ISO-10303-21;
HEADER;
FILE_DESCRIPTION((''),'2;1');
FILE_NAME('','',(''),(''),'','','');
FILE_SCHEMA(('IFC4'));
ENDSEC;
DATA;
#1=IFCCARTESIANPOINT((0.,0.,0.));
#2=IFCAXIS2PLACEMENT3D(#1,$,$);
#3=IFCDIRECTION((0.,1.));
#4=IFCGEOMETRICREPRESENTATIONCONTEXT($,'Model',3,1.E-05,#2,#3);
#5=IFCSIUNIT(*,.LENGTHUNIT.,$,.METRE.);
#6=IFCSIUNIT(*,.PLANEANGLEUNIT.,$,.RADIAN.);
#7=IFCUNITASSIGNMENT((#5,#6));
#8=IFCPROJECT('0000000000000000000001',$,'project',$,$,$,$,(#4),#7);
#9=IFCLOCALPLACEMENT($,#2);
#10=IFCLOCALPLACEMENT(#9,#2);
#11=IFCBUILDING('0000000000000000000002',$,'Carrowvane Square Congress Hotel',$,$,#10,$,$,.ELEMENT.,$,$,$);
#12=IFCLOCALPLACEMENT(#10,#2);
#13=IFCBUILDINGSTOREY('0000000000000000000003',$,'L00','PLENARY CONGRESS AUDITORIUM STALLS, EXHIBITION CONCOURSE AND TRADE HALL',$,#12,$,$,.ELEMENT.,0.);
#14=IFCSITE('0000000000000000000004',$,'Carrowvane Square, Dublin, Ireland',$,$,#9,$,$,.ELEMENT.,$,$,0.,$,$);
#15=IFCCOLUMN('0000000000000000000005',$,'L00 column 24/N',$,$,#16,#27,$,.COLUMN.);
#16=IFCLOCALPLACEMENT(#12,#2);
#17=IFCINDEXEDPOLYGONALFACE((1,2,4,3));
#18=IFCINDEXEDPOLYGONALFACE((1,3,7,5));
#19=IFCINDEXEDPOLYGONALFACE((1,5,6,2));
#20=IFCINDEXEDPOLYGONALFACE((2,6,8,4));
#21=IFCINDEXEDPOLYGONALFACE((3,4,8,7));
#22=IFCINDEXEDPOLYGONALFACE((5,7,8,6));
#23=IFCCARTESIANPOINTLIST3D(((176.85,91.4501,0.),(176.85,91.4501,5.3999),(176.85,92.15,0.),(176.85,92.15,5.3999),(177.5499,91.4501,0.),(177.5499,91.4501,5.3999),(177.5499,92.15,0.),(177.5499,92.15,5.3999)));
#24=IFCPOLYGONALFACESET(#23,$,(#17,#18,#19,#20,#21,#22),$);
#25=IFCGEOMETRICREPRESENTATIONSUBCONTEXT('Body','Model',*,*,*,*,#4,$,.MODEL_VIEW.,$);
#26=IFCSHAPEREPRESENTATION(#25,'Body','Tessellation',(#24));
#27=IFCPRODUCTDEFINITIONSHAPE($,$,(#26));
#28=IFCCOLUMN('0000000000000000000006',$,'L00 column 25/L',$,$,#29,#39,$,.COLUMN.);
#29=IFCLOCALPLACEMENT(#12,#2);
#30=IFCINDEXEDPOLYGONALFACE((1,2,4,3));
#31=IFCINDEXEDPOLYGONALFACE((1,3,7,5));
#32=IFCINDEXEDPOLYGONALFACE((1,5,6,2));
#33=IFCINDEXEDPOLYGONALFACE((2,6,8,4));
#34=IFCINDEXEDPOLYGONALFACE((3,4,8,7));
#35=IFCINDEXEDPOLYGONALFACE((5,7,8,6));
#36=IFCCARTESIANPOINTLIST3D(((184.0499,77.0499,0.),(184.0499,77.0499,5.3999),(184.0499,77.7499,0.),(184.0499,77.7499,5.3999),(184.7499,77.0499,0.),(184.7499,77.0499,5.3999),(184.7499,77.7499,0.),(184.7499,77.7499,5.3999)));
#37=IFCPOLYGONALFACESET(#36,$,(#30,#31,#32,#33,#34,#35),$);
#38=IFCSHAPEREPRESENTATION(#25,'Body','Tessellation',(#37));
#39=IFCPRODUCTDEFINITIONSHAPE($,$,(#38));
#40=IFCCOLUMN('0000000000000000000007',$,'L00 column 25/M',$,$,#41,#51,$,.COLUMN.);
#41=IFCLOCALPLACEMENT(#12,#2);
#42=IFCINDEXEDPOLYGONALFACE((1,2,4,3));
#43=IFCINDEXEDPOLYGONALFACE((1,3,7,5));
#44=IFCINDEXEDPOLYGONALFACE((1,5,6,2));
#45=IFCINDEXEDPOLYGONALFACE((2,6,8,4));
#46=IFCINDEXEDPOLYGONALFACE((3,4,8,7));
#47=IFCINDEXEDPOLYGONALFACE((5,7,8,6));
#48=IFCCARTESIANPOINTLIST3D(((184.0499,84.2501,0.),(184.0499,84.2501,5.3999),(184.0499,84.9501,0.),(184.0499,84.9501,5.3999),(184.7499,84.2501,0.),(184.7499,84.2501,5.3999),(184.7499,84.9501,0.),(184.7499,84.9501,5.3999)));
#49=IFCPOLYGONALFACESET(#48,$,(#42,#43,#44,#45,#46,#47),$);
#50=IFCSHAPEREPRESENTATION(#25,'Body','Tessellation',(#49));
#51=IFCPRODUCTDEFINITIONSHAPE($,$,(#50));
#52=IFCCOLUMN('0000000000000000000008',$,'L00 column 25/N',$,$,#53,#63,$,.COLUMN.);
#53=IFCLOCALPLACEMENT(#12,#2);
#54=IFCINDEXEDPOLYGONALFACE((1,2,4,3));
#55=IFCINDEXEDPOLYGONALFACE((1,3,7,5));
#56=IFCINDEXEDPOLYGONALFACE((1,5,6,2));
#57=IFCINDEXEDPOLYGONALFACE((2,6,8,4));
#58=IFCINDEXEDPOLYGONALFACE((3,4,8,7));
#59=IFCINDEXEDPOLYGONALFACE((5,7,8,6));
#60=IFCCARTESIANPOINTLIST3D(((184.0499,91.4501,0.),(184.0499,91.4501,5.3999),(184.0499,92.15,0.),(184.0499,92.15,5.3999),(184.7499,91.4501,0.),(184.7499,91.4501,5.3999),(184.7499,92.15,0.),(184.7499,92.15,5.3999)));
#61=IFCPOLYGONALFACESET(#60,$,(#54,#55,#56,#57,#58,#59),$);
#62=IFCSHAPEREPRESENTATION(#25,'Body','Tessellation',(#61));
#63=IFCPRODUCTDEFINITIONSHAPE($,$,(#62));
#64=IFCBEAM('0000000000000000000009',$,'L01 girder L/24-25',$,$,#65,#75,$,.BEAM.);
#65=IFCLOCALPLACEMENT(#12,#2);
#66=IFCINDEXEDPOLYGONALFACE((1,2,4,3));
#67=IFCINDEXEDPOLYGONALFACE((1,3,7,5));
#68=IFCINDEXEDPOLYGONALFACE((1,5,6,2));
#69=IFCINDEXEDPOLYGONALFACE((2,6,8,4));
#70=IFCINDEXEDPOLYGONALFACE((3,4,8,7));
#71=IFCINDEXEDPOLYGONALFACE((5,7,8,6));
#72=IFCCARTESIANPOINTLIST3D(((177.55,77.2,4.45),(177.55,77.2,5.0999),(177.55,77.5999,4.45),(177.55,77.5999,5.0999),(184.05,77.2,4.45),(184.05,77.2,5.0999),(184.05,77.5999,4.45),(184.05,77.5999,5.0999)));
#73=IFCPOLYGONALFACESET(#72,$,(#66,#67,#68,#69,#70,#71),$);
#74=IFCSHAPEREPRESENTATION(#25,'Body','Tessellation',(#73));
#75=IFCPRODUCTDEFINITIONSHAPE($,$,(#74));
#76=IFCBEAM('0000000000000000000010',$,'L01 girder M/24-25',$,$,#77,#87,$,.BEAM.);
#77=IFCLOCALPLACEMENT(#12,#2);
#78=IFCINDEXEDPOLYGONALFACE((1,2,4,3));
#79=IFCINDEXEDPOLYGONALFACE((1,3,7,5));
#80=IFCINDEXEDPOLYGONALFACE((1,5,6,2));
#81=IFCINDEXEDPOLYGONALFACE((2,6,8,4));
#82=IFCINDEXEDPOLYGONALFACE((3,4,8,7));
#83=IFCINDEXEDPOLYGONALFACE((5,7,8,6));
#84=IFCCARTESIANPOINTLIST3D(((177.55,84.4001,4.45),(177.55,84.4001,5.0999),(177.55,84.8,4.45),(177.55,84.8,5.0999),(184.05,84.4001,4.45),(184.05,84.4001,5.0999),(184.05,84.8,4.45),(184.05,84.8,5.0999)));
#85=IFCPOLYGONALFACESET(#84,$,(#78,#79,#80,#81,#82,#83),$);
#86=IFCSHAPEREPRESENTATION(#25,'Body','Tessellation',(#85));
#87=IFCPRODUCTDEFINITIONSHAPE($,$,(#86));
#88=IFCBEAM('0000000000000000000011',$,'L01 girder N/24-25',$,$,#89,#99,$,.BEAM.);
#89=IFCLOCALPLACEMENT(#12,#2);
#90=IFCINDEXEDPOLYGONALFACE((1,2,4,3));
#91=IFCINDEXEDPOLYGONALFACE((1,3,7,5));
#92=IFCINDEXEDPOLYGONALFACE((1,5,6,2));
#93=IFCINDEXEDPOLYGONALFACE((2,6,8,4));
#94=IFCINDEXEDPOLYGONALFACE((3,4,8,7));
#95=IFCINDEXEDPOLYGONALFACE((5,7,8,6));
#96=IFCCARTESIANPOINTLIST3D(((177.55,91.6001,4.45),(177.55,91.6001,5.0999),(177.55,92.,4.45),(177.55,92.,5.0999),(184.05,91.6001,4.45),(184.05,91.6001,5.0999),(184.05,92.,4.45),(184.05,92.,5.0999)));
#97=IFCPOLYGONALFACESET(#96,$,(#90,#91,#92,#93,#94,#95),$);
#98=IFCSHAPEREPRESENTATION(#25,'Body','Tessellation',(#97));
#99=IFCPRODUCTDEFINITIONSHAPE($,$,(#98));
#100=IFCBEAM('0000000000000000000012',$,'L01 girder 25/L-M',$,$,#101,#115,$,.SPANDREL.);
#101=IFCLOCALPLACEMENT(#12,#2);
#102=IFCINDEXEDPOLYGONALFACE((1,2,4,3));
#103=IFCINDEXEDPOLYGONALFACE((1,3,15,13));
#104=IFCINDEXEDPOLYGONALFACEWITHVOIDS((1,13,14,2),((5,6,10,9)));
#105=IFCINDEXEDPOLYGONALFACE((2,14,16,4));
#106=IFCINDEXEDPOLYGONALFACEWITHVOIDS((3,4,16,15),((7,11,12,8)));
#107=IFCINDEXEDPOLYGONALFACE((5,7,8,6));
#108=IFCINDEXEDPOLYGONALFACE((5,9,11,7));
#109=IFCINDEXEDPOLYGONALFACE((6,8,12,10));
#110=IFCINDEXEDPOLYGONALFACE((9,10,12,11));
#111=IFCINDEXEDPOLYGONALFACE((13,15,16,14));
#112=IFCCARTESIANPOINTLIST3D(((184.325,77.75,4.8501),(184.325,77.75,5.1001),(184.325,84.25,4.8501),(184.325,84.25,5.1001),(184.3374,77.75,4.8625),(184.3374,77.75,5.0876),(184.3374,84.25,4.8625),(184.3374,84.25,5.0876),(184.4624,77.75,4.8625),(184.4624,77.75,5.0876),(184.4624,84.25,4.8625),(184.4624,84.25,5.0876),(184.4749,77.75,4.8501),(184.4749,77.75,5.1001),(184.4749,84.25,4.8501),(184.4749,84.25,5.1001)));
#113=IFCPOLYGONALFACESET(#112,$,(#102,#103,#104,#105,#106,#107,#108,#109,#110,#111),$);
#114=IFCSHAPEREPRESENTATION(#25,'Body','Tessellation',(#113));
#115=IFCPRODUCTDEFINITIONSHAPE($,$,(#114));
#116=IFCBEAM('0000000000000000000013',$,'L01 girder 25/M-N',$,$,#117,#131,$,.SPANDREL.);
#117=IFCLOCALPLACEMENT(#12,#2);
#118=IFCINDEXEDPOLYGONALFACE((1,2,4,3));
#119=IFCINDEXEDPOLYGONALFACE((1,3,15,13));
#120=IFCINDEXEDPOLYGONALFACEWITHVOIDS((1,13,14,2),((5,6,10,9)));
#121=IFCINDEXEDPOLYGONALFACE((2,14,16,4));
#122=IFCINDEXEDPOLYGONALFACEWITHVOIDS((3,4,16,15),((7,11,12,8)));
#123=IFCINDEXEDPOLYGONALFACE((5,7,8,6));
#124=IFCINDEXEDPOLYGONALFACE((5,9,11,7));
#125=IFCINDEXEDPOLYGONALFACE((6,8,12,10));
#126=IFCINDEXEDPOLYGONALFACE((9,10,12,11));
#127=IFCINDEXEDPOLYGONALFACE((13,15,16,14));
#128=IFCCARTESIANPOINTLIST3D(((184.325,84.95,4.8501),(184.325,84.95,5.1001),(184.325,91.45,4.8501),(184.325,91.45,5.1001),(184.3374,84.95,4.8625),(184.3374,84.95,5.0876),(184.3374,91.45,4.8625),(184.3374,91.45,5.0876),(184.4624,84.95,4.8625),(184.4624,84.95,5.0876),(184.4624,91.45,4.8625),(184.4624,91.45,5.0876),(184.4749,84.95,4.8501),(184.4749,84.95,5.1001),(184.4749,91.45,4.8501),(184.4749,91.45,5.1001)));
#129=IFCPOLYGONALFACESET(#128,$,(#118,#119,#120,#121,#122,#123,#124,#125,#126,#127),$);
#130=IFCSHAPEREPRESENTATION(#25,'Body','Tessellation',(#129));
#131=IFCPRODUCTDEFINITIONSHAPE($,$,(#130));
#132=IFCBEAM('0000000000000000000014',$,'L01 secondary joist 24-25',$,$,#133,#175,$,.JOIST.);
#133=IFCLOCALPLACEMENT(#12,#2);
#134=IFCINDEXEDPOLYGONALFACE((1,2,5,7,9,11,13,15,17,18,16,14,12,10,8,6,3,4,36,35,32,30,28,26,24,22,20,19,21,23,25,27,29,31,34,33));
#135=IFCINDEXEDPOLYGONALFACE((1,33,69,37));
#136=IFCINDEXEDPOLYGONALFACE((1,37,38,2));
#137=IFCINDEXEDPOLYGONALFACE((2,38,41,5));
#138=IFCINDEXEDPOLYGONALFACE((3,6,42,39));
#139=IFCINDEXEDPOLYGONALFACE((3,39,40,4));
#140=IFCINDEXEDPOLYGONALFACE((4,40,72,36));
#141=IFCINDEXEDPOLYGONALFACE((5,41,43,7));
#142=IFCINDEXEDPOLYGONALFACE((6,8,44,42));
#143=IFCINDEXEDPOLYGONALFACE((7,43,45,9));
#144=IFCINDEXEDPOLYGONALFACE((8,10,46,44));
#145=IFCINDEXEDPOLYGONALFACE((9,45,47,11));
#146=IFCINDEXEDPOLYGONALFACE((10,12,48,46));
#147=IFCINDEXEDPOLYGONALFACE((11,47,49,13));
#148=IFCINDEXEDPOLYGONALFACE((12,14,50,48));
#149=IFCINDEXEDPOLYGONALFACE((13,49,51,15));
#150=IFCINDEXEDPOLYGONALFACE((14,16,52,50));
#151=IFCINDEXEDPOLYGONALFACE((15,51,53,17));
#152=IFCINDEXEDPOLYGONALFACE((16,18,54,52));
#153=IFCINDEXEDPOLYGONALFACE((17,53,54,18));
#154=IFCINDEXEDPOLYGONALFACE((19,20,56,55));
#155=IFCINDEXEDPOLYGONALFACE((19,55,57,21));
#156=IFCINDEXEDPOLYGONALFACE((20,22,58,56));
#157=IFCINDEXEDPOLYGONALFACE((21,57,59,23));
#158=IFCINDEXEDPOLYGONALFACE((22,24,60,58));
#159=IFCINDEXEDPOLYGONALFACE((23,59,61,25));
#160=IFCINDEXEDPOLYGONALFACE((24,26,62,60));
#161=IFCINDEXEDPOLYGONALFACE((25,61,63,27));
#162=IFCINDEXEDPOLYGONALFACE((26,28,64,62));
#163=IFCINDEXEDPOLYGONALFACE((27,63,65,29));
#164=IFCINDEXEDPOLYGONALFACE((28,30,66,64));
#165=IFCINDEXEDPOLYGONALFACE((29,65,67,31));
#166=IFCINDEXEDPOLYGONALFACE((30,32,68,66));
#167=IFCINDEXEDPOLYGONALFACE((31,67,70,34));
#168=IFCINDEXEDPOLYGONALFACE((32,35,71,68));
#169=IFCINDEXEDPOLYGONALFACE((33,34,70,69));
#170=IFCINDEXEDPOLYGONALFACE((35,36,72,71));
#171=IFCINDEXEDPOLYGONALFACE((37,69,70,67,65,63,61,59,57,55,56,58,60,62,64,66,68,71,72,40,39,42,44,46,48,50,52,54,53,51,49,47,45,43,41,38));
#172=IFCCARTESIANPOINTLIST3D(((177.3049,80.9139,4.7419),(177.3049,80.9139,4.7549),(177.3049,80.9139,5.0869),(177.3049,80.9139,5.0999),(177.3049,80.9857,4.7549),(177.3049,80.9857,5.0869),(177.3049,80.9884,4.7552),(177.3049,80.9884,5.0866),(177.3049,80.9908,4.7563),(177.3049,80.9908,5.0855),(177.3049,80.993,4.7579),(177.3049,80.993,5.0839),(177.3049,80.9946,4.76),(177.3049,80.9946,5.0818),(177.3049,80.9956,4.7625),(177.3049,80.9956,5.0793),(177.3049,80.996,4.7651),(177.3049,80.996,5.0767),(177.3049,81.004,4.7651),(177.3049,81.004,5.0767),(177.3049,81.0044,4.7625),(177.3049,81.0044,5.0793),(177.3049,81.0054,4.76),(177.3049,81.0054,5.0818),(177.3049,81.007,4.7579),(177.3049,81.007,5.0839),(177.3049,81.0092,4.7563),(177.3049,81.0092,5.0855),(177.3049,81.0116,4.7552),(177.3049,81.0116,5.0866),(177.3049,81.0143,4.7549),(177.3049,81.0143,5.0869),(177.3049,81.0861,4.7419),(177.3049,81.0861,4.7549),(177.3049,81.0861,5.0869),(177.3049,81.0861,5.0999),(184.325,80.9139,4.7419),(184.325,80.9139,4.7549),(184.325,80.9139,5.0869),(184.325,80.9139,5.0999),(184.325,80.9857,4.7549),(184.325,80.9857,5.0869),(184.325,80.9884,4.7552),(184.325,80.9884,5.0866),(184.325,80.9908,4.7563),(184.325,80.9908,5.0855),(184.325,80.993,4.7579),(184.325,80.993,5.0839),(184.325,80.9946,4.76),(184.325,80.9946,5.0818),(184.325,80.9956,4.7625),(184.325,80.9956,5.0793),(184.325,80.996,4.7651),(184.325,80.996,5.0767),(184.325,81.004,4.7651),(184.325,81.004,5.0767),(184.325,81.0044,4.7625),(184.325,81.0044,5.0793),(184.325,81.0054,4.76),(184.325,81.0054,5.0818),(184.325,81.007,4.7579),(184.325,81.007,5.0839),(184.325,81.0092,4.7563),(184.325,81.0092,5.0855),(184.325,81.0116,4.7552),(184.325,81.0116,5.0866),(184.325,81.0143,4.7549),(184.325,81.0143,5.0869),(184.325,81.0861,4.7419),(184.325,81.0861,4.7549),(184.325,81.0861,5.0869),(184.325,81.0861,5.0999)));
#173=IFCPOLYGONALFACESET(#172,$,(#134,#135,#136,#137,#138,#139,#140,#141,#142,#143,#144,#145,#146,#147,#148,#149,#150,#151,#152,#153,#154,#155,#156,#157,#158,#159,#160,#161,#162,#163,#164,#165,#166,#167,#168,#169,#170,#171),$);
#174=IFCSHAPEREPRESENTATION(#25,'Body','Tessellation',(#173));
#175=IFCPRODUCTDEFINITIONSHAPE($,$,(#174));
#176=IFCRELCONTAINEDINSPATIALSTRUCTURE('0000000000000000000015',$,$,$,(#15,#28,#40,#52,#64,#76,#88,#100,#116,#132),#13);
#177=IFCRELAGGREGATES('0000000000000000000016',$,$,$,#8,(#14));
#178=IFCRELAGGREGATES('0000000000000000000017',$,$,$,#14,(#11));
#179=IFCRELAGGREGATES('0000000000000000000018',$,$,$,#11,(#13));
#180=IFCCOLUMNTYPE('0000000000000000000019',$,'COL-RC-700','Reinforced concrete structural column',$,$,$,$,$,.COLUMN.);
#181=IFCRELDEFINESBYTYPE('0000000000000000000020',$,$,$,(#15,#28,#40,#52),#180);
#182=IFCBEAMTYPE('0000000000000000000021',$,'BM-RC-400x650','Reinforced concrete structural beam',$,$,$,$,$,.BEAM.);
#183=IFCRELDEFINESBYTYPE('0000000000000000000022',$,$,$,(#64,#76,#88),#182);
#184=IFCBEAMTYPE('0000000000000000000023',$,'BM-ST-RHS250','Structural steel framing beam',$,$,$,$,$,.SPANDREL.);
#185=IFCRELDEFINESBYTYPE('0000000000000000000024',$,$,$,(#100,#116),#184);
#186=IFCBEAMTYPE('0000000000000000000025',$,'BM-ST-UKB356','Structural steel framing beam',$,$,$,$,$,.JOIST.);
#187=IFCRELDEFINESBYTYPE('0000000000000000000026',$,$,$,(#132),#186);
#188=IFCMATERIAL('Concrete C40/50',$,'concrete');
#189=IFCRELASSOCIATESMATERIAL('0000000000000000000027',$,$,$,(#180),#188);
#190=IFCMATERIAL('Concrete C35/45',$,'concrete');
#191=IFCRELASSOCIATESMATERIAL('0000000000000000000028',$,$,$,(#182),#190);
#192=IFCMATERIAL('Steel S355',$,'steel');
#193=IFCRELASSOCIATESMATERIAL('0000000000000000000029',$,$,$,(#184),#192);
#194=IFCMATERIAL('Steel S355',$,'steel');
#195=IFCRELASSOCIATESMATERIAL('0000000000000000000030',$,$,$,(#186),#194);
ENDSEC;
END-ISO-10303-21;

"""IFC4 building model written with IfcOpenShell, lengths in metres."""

from ifc_helpers import new_model, si_unit, direction, frame, origin, origin_2d, place, context, subcontext, project, spatial, rectangle, hollow_rectangle, i_section, extrude, material, material_profile, profile_set, type_object, element, save


model = new_model("IFC4")

# Units and contexts
model_context = context("Model", 3, precision=1e-05, world=origin(), true_north=direction((0.0, 1.0)))
body_context = subcontext(model_context, "Body", "Model", "MODEL_VIEW")
ifc_project = project(units=[si_unit("LENGTHUNIT", "METRE"), si_unit("PLANEANGLEUNIT", "RADIAN")], contexts=[model_context])

# Site, building, storey
site_placement = place(None, origin())
site = spatial("IfcSite", under=ifc_project, at=site_placement, Name="Carrowvane Square, Dublin, Ireland", CompositionType="ELEMENT", RefElevation=0.0)
building_placement = place(site_placement, origin())
building = spatial("IfcBuilding", under=site, at=building_placement, Name="Carrowvane Square Congress Hotel", CompositionType="ELEMENT")
storey_placement = place(building_placement, origin())
storey = spatial("IfcBuildingStorey", under=building, at=storey_placement, Name="L00", Description="PLENARY CONGRESS AUDITORIUM STALLS, EXHIBITION CONCOURSE AND TRADE HALL", CompositionType="ELEMENT", Elevation=0.0)

# Columns
ifc_material_1 = material(Name="Concrete C40/50", Category="concrete")
ifc_material_profile_1 = material_profile(ifc_material_1, rectangle(XDim=0.7, YDim=0.7, at=origin_2d()), Name="RC 700x700")
ifc_profile_set_1 = profile_set([ifc_material_profile_1], Name="Concrete C40/50")
column_type = type_object("IfcColumnType", Name="COL-RC-700", Description="Reinforced concrete structural column", PredefinedType="COLUMN", material=ifc_profile_set_1)
for number, where, z_axis, x_axis, name in (
    (1, (177.2, 91.8, 0.0), (0.0, 0.0, 1.0), (1.0, 0.0, 0.0), "L00 column 24/N"),
    (2, (184.3999, 77.3999, 0.0), (0.0, 0.0, 1.0), (1.0, 0.0, 0.0), "L00 column 25/L"),
    (3, (184.3999, 84.6001, 0.0), (0.0, 0.0, 1.0), (1.0, 0.0, 0.0), "L00 column 25/M"),
    (4, (184.3999, 91.8, 0.0), (0.0, 0.0, 1.0), (1.0, 0.0, 0.0), "L00 column 25/N"),
):
    element("IfcColumn", number, at=place(storey_placement, frame(where, z_axis=z_axis, x_axis=x_axis)), inside=storey, type_object=column_type, Name=name, PredefinedType="COLUMN", context=body_context, shape_type="SweptSolid", body=[
        extrude(rectangle(XDim=0.7, YDim=0.7, at=origin_2d()), origin(), (0.0, 0.0, 1.0), 5.3999),
    ])

# Beams
ifc_material_2 = material(Name="Concrete C35/45", Category="concrete")
ifc_material_profile_2 = material_profile(ifc_material_2, rectangle(XDim=0.3999, YDim=0.6499, at=origin_2d()), Name="RC 400x650")
ifc_profile_set_2 = profile_set([ifc_material_profile_2], Name="Concrete C35/45")
beam_type_1 = type_object("IfcBeamType", Name="BM-RC-400x650", Description="Reinforced concrete structural beam", PredefinedType="BEAM", material=ifc_profile_set_2)
for number, where, z_axis, x_axis, name in (
    (5, (177.55, 77.3999, 4.7749), (1.0, 0.0, 0.0), (0.0, 1.0, 0.0), "L01 girder L/24-25"),
    (6, (177.55, 84.6001, 4.7749), (1.0, 0.0, 0.0), (0.0, 1.0, 0.0), "L01 girder M/24-25"),
    (7, (177.55, 91.8, 4.7749), (1.0, 0.0, 0.0), (0.0, 1.0, 0.0), "L01 girder N/24-25"),
):
    element("IfcBeam", number, at=place(storey_placement, frame(where, z_axis=z_axis, x_axis=x_axis)), inside=storey, type_object=beam_type_1, Name=name, PredefinedType="BEAM", context=body_context, shape_type="SweptSolid", body=[
        extrude(rectangle(XDim=0.3999, YDim=0.6499, at=origin_2d()), origin(), (0.0, 0.0, 1.0), 6.5),
    ])
ifc_material_3 = material(Name="Steel S355", Category="steel")
ifc_material_profile_3 = material_profile(ifc_material_3, hollow_rectangle(XDim=0.1499, YDim=0.25, WallThickness=0.0125, at=origin_2d()), Name="RHS 250x150x12.5")
ifc_profile_set_3 = profile_set([ifc_material_profile_3], Name="Steel S355")
beam_type_2 = type_object("IfcBeamType", Name="BM-ST-RHS250", Description="Structural steel framing beam", PredefinedType="SPANDREL", material=ifc_profile_set_3)
for number, where, z_axis, x_axis, name in (
    (8, (184.3999, 77.75, 4.9751), (0.0, 1.0, 0.0), (-1.0, 0.0, 0.0), "L01 girder 25/L-M"),
    (9, (184.3999, 84.95, 4.9751), (0.0, 1.0, 0.0), (-1.0, 0.0, 0.0), "L01 girder 25/M-N"),
):
    element("IfcBeam", number, at=place(storey_placement, frame(where, z_axis=z_axis, x_axis=x_axis)), inside=storey, type_object=beam_type_2, Name=name, PredefinedType="SPANDREL", context=body_context, shape_type="SweptSolid", body=[
        extrude(hollow_rectangle(XDim=0.1499, YDim=0.25, WallThickness=0.0125, at=origin_2d()), origin(), (0.0, 0.0, 1.0), 6.5),
    ])
ifc_material_4 = material(Name="Steel S355", Category="steel")
ifc_material_profile_4 = material_profile(ifc_material_4, i_section(OverallWidth=0.1721, OverallDepth=0.3579, WebThickness=0.0081, FlangeThickness=0.0129, FilletRadius=0.0103, at=origin_2d()), Name="UKB 356x171x57")
ifc_profile_set_4 = profile_set([ifc_material_profile_4], Name="Steel S355")
beam_type_3 = type_object("IfcBeamType", Name="BM-ST-UKB356", Description="Structural steel framing beam", PredefinedType="JOIST", material=ifc_profile_set_4)
for number, where, z_axis, x_axis, name in (
    (10, (177.3049, 81.0, 4.9209), (1.0, 0.0, 0.0), (0.0, 1.0, 0.0), "L01 secondary joist 24-25"),
):
    element("IfcBeam", number, at=place(storey_placement, frame(where, z_axis=z_axis, x_axis=x_axis)), inside=storey, type_object=beam_type_3, Name=name, PredefinedType="JOIST", context=body_context, shape_type="SweptSolid", body=[
        extrude(i_section(OverallWidth=0.1721, OverallDepth=0.3579, WebThickness=0.0081, FlangeThickness=0.0129, FilletRadius=0.0103, at=origin_2d()), origin(), (0.0, 0.0, 1.0), 7.02),
    ])

save(model, "model.ifc")
